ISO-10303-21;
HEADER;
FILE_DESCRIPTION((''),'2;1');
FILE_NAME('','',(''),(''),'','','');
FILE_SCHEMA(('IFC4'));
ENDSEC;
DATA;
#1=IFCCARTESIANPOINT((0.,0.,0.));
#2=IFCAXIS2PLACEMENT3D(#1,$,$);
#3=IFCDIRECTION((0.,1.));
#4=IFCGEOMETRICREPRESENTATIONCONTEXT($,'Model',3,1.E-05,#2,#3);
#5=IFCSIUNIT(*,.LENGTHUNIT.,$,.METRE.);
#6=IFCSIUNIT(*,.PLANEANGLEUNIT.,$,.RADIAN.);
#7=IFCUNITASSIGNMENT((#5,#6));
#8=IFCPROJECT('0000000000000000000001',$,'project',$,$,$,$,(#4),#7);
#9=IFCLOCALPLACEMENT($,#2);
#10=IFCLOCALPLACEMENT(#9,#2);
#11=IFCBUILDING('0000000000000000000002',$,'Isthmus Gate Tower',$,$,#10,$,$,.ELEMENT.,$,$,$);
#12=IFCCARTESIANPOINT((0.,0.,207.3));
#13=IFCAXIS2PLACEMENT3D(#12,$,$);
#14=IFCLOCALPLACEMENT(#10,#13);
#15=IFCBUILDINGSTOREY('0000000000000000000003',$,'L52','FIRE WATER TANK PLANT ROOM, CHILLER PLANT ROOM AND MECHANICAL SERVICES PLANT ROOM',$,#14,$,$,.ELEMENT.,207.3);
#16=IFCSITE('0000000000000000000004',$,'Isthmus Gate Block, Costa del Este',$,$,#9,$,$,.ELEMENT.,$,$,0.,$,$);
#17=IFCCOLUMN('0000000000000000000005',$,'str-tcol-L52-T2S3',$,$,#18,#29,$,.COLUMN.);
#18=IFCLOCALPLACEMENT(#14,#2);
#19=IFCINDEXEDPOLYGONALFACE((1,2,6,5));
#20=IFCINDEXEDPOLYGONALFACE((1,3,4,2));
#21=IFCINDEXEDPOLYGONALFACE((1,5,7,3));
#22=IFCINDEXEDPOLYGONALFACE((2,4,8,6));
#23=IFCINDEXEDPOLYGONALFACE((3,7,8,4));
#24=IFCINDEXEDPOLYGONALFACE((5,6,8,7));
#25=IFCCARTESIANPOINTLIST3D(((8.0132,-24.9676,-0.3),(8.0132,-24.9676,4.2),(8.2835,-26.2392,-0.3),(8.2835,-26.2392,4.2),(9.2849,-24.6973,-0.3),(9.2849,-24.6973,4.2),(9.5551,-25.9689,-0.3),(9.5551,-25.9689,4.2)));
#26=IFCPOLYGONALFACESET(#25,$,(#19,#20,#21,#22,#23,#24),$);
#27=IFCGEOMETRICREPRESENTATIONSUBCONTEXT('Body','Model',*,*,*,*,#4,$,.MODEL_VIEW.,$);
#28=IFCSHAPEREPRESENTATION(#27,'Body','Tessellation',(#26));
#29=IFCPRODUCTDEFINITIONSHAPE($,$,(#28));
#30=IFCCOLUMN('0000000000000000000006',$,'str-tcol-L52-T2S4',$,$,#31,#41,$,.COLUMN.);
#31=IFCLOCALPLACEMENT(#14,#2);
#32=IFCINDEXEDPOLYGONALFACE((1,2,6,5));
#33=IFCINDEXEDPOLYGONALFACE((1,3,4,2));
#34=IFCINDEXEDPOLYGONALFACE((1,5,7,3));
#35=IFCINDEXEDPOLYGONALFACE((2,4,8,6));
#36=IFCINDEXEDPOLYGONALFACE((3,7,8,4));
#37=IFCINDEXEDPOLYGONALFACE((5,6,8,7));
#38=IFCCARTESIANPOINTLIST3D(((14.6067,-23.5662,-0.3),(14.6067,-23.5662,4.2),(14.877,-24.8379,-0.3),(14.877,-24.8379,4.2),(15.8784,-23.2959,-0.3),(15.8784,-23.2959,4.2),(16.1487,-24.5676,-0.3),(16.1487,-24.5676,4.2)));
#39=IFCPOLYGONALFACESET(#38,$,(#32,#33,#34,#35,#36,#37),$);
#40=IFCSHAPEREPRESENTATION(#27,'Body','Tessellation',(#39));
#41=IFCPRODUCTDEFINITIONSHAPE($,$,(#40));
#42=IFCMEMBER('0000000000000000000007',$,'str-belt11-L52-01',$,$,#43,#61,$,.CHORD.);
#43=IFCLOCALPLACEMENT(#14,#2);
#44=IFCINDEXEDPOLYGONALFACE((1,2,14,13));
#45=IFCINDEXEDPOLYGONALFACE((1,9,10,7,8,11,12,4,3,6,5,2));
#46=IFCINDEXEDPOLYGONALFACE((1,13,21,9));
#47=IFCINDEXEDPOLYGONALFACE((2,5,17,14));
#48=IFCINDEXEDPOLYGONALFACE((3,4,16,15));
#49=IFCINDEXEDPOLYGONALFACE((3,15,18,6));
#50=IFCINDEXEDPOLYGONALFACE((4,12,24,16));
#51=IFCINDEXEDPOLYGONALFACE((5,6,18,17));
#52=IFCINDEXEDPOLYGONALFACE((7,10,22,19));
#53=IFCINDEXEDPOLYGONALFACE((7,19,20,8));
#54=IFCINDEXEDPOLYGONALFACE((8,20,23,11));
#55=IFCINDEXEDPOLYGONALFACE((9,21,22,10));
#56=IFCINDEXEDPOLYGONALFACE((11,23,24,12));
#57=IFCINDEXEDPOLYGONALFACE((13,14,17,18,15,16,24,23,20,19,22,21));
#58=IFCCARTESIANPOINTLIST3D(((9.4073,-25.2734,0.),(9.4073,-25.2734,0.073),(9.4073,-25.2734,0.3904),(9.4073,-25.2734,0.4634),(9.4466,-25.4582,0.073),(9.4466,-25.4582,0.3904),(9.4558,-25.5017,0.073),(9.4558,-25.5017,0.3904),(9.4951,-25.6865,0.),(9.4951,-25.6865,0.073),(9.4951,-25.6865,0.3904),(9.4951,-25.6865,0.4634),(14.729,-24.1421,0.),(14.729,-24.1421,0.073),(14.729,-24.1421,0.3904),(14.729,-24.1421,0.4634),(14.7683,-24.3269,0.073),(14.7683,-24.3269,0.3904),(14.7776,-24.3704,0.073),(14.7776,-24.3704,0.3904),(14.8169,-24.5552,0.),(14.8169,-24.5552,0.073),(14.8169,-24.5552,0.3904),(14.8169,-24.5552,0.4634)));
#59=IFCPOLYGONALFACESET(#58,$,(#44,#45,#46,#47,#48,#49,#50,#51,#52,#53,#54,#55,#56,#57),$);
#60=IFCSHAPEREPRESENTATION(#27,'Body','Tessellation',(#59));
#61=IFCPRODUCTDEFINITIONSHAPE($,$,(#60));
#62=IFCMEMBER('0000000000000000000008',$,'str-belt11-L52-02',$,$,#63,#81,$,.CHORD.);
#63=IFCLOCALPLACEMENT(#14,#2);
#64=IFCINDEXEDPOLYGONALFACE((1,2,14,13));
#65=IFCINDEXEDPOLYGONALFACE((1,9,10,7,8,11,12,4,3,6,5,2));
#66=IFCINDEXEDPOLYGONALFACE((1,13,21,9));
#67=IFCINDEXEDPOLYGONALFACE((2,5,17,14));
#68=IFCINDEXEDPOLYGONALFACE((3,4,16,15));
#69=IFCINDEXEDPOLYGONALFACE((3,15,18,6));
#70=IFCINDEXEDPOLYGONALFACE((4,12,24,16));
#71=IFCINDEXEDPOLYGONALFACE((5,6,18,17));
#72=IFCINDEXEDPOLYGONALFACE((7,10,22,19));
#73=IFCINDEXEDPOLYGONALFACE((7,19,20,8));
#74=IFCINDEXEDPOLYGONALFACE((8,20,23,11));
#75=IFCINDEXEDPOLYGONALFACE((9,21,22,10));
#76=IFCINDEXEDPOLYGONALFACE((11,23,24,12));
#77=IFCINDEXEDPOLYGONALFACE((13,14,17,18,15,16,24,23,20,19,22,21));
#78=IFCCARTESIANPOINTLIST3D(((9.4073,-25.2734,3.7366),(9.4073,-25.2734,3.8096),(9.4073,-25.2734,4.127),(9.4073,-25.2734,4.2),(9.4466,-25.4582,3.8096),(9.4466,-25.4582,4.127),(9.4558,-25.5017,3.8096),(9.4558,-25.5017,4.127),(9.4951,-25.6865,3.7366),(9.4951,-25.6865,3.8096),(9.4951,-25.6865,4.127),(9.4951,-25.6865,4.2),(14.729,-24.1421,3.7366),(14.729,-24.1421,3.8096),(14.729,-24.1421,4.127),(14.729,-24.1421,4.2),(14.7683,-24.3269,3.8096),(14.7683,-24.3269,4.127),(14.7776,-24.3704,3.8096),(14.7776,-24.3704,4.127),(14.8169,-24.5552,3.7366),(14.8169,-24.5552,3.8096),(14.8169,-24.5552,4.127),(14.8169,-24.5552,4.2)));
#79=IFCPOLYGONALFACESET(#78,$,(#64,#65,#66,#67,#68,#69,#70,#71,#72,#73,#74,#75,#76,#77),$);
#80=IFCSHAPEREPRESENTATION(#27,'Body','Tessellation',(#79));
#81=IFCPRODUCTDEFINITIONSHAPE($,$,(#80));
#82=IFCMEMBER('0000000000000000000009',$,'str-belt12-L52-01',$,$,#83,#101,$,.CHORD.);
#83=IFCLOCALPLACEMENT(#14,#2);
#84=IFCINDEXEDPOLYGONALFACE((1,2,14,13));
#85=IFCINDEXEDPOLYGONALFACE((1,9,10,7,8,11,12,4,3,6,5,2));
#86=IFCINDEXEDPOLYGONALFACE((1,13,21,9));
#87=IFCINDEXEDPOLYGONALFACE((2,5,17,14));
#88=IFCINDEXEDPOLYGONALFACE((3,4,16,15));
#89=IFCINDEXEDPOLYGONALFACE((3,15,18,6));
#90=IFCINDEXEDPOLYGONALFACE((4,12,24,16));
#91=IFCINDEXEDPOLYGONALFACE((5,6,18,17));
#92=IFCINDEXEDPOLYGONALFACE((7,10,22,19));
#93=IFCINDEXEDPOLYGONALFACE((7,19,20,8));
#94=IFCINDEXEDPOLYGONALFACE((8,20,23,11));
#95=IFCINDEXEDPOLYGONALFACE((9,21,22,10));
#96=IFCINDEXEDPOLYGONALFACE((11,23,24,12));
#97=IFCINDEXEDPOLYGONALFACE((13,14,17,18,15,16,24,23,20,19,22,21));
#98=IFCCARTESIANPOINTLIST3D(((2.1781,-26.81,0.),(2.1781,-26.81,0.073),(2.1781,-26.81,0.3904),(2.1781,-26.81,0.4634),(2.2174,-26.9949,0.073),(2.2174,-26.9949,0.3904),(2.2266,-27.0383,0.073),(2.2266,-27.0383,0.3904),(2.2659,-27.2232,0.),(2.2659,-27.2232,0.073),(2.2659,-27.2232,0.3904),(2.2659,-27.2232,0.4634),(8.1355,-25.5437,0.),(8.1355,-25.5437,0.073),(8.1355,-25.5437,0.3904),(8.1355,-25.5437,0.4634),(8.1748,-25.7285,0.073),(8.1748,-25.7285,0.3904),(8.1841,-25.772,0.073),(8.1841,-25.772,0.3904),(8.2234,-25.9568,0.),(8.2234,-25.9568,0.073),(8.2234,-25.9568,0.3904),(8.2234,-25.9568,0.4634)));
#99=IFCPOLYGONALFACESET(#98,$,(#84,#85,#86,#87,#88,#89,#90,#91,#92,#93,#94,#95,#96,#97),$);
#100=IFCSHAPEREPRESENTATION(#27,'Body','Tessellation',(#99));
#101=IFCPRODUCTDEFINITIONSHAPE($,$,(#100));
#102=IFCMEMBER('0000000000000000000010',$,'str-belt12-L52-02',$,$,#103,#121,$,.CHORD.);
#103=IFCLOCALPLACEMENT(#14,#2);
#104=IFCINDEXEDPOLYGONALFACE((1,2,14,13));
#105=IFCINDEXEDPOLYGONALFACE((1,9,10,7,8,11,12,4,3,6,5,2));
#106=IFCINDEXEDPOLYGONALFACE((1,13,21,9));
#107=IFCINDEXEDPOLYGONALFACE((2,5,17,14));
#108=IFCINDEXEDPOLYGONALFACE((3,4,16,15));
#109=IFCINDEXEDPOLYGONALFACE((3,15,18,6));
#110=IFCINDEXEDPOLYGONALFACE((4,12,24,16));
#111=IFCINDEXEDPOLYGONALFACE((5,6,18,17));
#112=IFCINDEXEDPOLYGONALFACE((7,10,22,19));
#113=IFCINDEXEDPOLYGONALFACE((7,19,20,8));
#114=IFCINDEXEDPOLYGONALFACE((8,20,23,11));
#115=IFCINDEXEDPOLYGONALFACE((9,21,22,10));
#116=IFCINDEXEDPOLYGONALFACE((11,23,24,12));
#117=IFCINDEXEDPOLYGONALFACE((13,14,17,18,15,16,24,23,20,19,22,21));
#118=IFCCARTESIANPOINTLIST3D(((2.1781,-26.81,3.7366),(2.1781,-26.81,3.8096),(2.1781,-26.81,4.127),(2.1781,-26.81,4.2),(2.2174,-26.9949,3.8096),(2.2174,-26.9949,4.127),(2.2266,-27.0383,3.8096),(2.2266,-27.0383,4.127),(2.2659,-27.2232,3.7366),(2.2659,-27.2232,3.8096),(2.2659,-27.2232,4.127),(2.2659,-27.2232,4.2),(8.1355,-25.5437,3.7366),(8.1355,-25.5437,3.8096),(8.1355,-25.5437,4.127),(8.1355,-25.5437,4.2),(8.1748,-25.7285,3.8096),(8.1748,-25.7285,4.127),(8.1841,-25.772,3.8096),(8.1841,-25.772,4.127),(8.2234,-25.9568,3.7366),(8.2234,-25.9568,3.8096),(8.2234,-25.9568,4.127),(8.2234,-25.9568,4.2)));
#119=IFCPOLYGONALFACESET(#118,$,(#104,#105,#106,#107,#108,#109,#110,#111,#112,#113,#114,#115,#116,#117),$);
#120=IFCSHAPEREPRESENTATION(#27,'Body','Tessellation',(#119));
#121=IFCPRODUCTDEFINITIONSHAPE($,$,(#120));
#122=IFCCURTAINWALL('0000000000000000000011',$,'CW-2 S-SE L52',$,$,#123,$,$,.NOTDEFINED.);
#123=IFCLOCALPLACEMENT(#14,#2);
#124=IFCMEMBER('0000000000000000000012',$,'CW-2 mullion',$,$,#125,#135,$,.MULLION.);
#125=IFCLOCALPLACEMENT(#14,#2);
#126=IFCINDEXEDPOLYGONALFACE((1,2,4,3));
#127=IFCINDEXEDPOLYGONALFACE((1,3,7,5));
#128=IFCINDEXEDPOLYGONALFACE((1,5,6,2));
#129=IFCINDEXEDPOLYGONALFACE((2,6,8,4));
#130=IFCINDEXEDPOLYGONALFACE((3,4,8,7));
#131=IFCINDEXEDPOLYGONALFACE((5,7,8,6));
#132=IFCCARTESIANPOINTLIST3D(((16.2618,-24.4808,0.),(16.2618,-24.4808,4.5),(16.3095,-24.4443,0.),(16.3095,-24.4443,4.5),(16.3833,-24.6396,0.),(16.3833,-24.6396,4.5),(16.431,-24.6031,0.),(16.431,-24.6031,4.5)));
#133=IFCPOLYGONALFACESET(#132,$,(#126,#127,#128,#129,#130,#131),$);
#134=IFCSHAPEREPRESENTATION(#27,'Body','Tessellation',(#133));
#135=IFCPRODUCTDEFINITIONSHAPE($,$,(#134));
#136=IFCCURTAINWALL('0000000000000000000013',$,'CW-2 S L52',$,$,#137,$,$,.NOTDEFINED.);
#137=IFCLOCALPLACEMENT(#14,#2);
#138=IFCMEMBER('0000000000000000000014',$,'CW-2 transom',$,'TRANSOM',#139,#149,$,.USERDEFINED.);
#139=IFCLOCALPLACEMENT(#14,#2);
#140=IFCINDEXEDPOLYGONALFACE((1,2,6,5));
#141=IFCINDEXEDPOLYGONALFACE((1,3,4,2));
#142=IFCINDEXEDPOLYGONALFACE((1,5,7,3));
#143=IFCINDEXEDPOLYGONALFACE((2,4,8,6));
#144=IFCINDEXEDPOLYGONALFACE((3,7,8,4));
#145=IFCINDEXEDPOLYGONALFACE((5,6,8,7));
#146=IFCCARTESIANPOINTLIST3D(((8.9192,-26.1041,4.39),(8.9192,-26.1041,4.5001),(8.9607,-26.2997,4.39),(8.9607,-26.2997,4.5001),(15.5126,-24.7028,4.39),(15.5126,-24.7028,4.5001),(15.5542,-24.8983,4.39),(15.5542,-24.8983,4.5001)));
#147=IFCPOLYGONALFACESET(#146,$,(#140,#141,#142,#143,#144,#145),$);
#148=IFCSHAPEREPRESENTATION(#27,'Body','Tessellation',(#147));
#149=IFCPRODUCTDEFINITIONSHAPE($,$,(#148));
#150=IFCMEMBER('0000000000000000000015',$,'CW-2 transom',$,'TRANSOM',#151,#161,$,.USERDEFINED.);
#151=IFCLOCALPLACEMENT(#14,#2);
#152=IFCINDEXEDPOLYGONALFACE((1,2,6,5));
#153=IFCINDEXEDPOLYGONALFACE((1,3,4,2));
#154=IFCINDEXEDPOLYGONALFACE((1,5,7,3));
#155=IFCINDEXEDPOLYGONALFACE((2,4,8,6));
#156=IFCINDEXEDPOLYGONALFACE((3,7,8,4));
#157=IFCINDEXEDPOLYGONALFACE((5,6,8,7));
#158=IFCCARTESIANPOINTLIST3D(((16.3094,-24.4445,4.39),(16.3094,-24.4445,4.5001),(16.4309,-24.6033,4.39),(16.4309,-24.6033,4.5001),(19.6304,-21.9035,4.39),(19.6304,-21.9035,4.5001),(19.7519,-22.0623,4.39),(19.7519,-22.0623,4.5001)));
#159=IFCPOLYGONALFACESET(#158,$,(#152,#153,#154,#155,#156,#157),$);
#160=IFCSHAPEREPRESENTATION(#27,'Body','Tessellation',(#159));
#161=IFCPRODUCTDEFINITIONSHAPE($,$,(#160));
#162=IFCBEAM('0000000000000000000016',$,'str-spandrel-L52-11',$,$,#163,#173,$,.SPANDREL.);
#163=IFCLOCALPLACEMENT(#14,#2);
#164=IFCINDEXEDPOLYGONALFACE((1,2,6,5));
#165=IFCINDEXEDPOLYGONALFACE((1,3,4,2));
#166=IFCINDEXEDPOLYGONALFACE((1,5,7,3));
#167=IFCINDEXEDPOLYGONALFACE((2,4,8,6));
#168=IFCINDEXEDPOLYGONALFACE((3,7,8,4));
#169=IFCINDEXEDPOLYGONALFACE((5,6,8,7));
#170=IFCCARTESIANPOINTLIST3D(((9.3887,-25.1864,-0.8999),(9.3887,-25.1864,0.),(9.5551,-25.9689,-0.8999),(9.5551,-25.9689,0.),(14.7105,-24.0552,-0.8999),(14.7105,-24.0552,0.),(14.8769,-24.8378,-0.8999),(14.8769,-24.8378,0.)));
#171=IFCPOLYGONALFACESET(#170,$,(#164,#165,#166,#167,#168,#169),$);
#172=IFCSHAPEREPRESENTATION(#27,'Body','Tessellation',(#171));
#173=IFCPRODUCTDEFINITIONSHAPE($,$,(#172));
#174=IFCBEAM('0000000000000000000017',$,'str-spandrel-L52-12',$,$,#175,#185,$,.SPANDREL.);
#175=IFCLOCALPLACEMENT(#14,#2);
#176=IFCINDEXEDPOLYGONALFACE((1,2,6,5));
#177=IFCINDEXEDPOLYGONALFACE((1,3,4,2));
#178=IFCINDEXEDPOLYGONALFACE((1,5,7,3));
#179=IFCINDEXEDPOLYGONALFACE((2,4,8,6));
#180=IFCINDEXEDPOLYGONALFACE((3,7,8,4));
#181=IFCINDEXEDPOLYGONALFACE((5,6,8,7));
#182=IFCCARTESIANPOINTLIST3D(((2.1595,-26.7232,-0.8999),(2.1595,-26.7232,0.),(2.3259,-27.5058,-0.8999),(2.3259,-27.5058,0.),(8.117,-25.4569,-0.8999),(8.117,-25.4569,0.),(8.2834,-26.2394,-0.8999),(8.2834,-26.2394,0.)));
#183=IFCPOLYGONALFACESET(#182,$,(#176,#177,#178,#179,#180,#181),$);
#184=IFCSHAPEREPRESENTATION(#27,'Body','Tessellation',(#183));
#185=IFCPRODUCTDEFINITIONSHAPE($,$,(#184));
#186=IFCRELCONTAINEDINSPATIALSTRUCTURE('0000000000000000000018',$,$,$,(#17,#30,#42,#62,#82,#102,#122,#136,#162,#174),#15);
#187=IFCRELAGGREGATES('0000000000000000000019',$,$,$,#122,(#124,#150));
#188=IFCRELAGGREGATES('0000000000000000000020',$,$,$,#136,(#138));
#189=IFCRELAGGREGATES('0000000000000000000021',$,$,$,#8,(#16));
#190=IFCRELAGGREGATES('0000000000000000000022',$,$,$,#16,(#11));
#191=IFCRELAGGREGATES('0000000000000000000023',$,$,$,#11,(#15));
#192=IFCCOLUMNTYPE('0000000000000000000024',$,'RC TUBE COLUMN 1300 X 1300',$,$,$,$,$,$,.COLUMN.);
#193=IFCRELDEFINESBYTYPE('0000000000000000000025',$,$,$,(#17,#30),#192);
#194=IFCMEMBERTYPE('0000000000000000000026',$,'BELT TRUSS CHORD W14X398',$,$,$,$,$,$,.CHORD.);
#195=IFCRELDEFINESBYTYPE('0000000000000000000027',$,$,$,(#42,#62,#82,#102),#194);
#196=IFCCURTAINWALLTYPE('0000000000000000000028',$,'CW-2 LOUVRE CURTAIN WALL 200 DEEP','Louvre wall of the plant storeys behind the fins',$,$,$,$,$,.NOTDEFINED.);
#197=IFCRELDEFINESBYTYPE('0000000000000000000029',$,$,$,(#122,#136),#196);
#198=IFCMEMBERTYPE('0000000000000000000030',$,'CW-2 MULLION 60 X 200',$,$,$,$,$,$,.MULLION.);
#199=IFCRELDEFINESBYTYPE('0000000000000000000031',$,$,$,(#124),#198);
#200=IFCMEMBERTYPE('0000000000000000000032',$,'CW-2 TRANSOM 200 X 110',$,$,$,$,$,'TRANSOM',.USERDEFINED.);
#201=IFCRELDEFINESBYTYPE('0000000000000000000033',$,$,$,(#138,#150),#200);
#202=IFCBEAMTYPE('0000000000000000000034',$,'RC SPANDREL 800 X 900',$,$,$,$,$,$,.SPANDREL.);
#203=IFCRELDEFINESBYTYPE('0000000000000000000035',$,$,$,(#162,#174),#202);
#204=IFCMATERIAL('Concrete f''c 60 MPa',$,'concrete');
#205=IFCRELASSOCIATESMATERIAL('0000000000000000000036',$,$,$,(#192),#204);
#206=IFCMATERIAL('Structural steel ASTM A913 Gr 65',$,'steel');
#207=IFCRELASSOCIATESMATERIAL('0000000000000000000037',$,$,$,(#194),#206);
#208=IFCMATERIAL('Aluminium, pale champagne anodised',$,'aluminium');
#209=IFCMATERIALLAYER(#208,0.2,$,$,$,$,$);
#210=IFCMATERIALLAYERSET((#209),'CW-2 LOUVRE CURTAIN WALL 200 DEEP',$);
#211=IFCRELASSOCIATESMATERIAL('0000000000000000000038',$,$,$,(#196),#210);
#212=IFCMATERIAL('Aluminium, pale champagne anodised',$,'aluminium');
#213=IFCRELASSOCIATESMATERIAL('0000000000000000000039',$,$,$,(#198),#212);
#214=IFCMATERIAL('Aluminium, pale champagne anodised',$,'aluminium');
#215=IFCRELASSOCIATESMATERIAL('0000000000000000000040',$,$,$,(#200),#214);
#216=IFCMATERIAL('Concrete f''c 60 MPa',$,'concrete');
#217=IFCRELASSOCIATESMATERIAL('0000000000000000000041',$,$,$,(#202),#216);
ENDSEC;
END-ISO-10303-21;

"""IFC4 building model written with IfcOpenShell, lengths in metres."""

from ifc_helpers import new_model, si_unit, direction, frame, origin, origin_2d, place, context, subcontext, project, spatial, rectangle, i_section, extrude, material, layer, layer_set, material_profile, profile_set, type_object, element, aggregate, save


model = new_model("IFC4")

# Units and contexts
model_context = context("Model", 3, precision=1e-05, world=origin(), true_north=direction((0.0, 1.0)))
body_context = subcontext(model_context, "Body", "Model", "MODEL_VIEW")
ifc_project = project(units=[si_unit("LENGTHUNIT", "METRE"), si_unit("PLANEANGLEUNIT", "RADIAN")], contexts=[model_context])

# Site, building, storey
site_placement = place(None, origin())
site = spatial("IfcSite", under=ifc_project, at=site_placement, Name="Isthmus Gate Block, Costa del Este", CompositionType="ELEMENT", RefElevation=0.0)
building_placement = place(site_placement, origin())
building = spatial("IfcBuilding", under=site, at=building_placement, Name="Isthmus Gate Tower", CompositionType="ELEMENT")
storey_placement = place(building_placement, frame((0.0, 0.0, 207.3)))
storey = spatial("IfcBuildingStorey", under=building, at=storey_placement, Name="L52", Description="FIRE WATER TANK PLANT ROOM, CHILLER PLANT ROOM AND MECHANICAL SERVICES PLANT ROOM", CompositionType="ELEMENT", Elevation=207.3)

# Columns
ifc_material_1 = material(Name="Concrete f'c 60 MPa", Category="concrete")
ifc_material_profile_1 = material_profile(ifc_material_1, rectangle(XDim=1.3, YDim=1.3, at=origin_2d()), Name="RC 1300X1300")
ifc_profile_set_1 = profile_set([ifc_material_profile_1], Name="Concrete f'c 60 MPa")
column_type = type_object("IfcColumnType", Name="RC TUBE COLUMN 1300 X 1300", PredefinedType="COLUMN", material=ifc_profile_set_1)
for number, where, z_axis, x_axis, name in (
    (1, (8.7842, -25.4683, -0.3), (0.0, 0.0, 1.0), (0.978148, 0.207912, 0.0), "str-tcol-L52-T2S3"),
    (2, (15.3777, -24.0669, -0.3), (0.0, 0.0, 1.0), (0.978148, 0.207912, 0.0), "str-tcol-L52-T2S4"),
):
    element("IfcColumn", number, at=place(storey_placement, frame(where, z_axis=z_axis, x_axis=x_axis)), inside=storey, type_object=column_type, Name=name, PredefinedType="COLUMN", context=body_context, shape_type="SweptSolid", body=[
        extrude(rectangle(XDim=1.3, YDim=1.3, at=origin_2d()), origin(), (0.0, 0.0, 1.0), 4.5),
    ])

# Members
ifc_material_2 = material(Name="Structural steel ASTM A913 Gr 65", Category="steel")
ifc_material_profile_2 = material_profile(ifc_material_2, i_section(OverallWidth=0.4224, OverallDepth=0.4634, WebThickness=0.0444, FlangeThickness=0.073, at=origin_2d()), Name="W14X398")
ifc_profile_set_2 = profile_set([ifc_material_profile_2], Name="Structural steel ASTM A913 Gr 65")
member_type_1 = type_object("IfcMemberType", Name="BELT TRUSS CHORD W14X398", PredefinedType="CHORD", material=ifc_profile_set_2)
for number, where, z_axis, x_axis, name in (
    (3, (14.7729, -24.3486, 0.2317), (-0.978141, -0.207941, 0.0), (0.207941, -0.978141, 0.0), "str-belt11-L52-01"),
    (4, (14.7729, -24.3486, 3.9683), (-0.978141, -0.207941, 0.0), (0.207941, -0.978141, 0.0), "str-belt11-L52-02"),
):
    element("IfcMember", number, at=place(storey_placement, frame(where, z_axis=z_axis, x_axis=x_axis)), inside=storey, type_object=member_type_1, Name=name, PredefinedType="CHORD", context=body_context, shape_type="SweptSolid", body=[
        extrude(i_section(OverallWidth=0.4224, OverallDepth=0.4634, WebThickness=0.0444, FlangeThickness=0.073, at=origin_2d()), origin(), (0.0, 0.0, 1.0), 5.4407),
    ])
for number, where, z_axis, x_axis, name in (
    (5, (8.1794, -25.7502, 0.2317), (-0.978146, -0.207919, 0.0), (0.207919, -0.978146, 0.0), "str-belt12-L52-01"),
    (6, (8.1794, -25.7502, 3.9683), (-0.978146, -0.207919, 0.0), (0.207919, -0.978146, 0.0), "str-belt12-L52-02"),
):
    element("IfcMember", number, at=place(storey_placement, frame(where, z_axis=z_axis, x_axis=x_axis)), inside=storey, type_object=member_type_1, Name=name, PredefinedType="CHORD", context=body_context, shape_type="SweptSolid", body=[
        extrude(i_section(OverallWidth=0.4224, OverallDepth=0.4634, WebThickness=0.0444, FlangeThickness=0.073, at=origin_2d()), origin(), (0.0, 0.0, 1.0), 6.0906),
    ])

# Curtain walls, members
ifc_material_3 = material(Name="Aluminium, pale champagne anodised", Category="aluminium")
ifc_layer_1 = layer(ifc_material_3, 0.2)
ifc_layer_set_1 = layer_set([ifc_layer_1], Name="CW-2 LOUVRE CURTAIN WALL 200 DEEP")
curtain_wall_type = type_object("IfcCurtainWallType", Name="CW-2 LOUVRE CURTAIN WALL 200 DEEP", Description="Louvre wall of the plant storeys behind the fins", PredefinedType="NOTDEFINED", material=ifc_layer_set_1)
curtain_wall_1_placement = place(storey_placement, origin())
curtain_wall_1 = element("IfcCurtainWall", 7, at=curtain_wall_1_placement, inside=storey, type_object=curtain_wall_type, Name="CW-2 S-SE L52", PredefinedType="NOTDEFINED")
ifc_material_4 = material(Name="Aluminium, pale champagne anodised", Category="aluminium")
ifc_material_profile_3 = material_profile(ifc_material_4, rectangle(XDim=0.0601, YDim=0.2, at=origin_2d()), Name="60x200")
ifc_profile_set_3 = profile_set([ifc_material_profile_3], Name="Aluminium, pale champagne anodised")
member_type_2 = type_object("IfcMemberType", Name="CW-2 MULLION 60 X 200", PredefinedType="MULLION", material=ifc_profile_set_3)
member_1_placement = place(storey_placement, frame((16.3464, -24.542, 0.0), z_axis=(0.0, 0.0, 1.0), x_axis=(0.794189, 0.607671, 0.0)))
member_1 = element("IfcMember", 8, at=member_1_placement, type_object=member_type_2, Name="CW-2 mullion", PredefinedType="MULLION", context=body_context, shape_type="SweptSolid", body=[
    extrude(rectangle(XDim=0.0601, YDim=0.2, at=origin_2d()), origin(), (0.0, 0.0, 1.0), 4.5),
])
curtain_wall_2_placement = place(storey_placement, origin())
curtain_wall_2 = element("IfcCurtainWall", 9, at=curtain_wall_2_placement, inside=storey, type_object=curtain_wall_type, Name="CW-2 S L52", PredefinedType="NOTDEFINED")
ifc_material_5 = material(Name="Aluminium, pale champagne anodised", Category="aluminium")
ifc_material_profile_4 = material_profile(ifc_material_5, rectangle(XDim=0.2, YDim=0.1101, at=origin_2d()), Name="200x110")
ifc_profile_set_4 = profile_set([ifc_material_profile_4], Name="Aluminium, pale champagne anodised")
member_type_3 = type_object("IfcMemberType", Name="CW-2 TRANSOM 200 X 110", ElementType="TRANSOM", PredefinedType="USERDEFINED", material=ifc_profile_set_4)
member_2_placement = place(storey_placement, frame((8.9399, -26.2019, 4.4451), z_axis=(0.978151, 0.207894, 0.0), x_axis=(-0.207894, 0.978151, 0.0)))
member_2 = element("IfcMember", 10, at=member_2_placement, type_object=member_type_3, Name="CW-2 transom", ObjectType="TRANSOM", PredefinedType="USERDEFINED", context=body_context, shape_type="SweptSolid", body=[
    extrude(rectangle(XDim=0.2, YDim=0.1101, at=origin_2d()), origin(), (0.0, 0.0, 1.0), 6.7407),
])

# Member
member_3_placement = place(storey_placement, frame((16.3701, -24.5239, 4.4451), z_axis=(0.794197, 0.60766, 0.0), x_axis=(-0.60766, 0.794197, 0.0)))
member_3 = element("IfcMember", 11, at=member_3_placement, type_object=member_type_3, Name="CW-2 transom", ObjectType="TRANSOM", PredefinedType="USERDEFINED", context=body_context, shape_type="SweptSolid", body=[
    extrude(rectangle(XDim=0.2, YDim=0.1101, at=origin_2d()), origin(), (0.0, 0.0, 1.0), 4.1816),
])
aggregate(curtain_wall_1, [member_1, member_3])

# Beams
ifc_material_6 = material(Name="Concrete f'c 60 MPa", Category="concrete")
ifc_material_profile_5 = material_profile(ifc_material_6, rectangle(XDim=0.8, YDim=0.8999, at=origin_2d()), Name="RC 800X900")
ifc_profile_set_5 = profile_set([ifc_material_profile_5], Name="Concrete f'c 60 MPa")
beam_type_1 = type_object("IfcBeamType", Name="RC SPANDREL 800 X 900", PredefinedType="SPANDREL", material=ifc_profile_set_5)
beam_1_placement = place(storey_placement, frame((14.7937, -24.4465, -0.45), z_axis=(-0.97815, -0.207898, 0.0), x_axis=(0.207898, -0.97815, 0.0)))
element("IfcBeam", 12, at=beam_1_placement, inside=storey, type_object=beam_type_1, Name="str-spandrel-L52-11", PredefinedType="SPANDREL", context=body_context, shape_type="SweptSolid", body=[
    extrude(rectangle(XDim=0.8, YDim=0.8999, at=origin_2d()), origin(), (0.0, 0.0, 1.0), 5.4407),
])
beam_2_placement = place(storey_placement, frame((8.2002, -25.8481, -0.45), z_axis=(-0.978146, -0.207919, 0.0), x_axis=(0.207919, -0.978146, 0.0)))
element("IfcBeam", 13, at=beam_2_placement, inside=storey, type_object=beam_type_1, Name="str-spandrel-L52-12", PredefinedType="SPANDREL", context=body_context, shape_type="SweptSolid", body=[
    extrude(rectangle(XDim=0.8, YDim=0.8999, at=origin_2d()), origin(), (0.0, 0.0, 1.0), 6.0906),
])

aggregate(curtain_wall_2, [member_2])

save(model, "model.ifc")
